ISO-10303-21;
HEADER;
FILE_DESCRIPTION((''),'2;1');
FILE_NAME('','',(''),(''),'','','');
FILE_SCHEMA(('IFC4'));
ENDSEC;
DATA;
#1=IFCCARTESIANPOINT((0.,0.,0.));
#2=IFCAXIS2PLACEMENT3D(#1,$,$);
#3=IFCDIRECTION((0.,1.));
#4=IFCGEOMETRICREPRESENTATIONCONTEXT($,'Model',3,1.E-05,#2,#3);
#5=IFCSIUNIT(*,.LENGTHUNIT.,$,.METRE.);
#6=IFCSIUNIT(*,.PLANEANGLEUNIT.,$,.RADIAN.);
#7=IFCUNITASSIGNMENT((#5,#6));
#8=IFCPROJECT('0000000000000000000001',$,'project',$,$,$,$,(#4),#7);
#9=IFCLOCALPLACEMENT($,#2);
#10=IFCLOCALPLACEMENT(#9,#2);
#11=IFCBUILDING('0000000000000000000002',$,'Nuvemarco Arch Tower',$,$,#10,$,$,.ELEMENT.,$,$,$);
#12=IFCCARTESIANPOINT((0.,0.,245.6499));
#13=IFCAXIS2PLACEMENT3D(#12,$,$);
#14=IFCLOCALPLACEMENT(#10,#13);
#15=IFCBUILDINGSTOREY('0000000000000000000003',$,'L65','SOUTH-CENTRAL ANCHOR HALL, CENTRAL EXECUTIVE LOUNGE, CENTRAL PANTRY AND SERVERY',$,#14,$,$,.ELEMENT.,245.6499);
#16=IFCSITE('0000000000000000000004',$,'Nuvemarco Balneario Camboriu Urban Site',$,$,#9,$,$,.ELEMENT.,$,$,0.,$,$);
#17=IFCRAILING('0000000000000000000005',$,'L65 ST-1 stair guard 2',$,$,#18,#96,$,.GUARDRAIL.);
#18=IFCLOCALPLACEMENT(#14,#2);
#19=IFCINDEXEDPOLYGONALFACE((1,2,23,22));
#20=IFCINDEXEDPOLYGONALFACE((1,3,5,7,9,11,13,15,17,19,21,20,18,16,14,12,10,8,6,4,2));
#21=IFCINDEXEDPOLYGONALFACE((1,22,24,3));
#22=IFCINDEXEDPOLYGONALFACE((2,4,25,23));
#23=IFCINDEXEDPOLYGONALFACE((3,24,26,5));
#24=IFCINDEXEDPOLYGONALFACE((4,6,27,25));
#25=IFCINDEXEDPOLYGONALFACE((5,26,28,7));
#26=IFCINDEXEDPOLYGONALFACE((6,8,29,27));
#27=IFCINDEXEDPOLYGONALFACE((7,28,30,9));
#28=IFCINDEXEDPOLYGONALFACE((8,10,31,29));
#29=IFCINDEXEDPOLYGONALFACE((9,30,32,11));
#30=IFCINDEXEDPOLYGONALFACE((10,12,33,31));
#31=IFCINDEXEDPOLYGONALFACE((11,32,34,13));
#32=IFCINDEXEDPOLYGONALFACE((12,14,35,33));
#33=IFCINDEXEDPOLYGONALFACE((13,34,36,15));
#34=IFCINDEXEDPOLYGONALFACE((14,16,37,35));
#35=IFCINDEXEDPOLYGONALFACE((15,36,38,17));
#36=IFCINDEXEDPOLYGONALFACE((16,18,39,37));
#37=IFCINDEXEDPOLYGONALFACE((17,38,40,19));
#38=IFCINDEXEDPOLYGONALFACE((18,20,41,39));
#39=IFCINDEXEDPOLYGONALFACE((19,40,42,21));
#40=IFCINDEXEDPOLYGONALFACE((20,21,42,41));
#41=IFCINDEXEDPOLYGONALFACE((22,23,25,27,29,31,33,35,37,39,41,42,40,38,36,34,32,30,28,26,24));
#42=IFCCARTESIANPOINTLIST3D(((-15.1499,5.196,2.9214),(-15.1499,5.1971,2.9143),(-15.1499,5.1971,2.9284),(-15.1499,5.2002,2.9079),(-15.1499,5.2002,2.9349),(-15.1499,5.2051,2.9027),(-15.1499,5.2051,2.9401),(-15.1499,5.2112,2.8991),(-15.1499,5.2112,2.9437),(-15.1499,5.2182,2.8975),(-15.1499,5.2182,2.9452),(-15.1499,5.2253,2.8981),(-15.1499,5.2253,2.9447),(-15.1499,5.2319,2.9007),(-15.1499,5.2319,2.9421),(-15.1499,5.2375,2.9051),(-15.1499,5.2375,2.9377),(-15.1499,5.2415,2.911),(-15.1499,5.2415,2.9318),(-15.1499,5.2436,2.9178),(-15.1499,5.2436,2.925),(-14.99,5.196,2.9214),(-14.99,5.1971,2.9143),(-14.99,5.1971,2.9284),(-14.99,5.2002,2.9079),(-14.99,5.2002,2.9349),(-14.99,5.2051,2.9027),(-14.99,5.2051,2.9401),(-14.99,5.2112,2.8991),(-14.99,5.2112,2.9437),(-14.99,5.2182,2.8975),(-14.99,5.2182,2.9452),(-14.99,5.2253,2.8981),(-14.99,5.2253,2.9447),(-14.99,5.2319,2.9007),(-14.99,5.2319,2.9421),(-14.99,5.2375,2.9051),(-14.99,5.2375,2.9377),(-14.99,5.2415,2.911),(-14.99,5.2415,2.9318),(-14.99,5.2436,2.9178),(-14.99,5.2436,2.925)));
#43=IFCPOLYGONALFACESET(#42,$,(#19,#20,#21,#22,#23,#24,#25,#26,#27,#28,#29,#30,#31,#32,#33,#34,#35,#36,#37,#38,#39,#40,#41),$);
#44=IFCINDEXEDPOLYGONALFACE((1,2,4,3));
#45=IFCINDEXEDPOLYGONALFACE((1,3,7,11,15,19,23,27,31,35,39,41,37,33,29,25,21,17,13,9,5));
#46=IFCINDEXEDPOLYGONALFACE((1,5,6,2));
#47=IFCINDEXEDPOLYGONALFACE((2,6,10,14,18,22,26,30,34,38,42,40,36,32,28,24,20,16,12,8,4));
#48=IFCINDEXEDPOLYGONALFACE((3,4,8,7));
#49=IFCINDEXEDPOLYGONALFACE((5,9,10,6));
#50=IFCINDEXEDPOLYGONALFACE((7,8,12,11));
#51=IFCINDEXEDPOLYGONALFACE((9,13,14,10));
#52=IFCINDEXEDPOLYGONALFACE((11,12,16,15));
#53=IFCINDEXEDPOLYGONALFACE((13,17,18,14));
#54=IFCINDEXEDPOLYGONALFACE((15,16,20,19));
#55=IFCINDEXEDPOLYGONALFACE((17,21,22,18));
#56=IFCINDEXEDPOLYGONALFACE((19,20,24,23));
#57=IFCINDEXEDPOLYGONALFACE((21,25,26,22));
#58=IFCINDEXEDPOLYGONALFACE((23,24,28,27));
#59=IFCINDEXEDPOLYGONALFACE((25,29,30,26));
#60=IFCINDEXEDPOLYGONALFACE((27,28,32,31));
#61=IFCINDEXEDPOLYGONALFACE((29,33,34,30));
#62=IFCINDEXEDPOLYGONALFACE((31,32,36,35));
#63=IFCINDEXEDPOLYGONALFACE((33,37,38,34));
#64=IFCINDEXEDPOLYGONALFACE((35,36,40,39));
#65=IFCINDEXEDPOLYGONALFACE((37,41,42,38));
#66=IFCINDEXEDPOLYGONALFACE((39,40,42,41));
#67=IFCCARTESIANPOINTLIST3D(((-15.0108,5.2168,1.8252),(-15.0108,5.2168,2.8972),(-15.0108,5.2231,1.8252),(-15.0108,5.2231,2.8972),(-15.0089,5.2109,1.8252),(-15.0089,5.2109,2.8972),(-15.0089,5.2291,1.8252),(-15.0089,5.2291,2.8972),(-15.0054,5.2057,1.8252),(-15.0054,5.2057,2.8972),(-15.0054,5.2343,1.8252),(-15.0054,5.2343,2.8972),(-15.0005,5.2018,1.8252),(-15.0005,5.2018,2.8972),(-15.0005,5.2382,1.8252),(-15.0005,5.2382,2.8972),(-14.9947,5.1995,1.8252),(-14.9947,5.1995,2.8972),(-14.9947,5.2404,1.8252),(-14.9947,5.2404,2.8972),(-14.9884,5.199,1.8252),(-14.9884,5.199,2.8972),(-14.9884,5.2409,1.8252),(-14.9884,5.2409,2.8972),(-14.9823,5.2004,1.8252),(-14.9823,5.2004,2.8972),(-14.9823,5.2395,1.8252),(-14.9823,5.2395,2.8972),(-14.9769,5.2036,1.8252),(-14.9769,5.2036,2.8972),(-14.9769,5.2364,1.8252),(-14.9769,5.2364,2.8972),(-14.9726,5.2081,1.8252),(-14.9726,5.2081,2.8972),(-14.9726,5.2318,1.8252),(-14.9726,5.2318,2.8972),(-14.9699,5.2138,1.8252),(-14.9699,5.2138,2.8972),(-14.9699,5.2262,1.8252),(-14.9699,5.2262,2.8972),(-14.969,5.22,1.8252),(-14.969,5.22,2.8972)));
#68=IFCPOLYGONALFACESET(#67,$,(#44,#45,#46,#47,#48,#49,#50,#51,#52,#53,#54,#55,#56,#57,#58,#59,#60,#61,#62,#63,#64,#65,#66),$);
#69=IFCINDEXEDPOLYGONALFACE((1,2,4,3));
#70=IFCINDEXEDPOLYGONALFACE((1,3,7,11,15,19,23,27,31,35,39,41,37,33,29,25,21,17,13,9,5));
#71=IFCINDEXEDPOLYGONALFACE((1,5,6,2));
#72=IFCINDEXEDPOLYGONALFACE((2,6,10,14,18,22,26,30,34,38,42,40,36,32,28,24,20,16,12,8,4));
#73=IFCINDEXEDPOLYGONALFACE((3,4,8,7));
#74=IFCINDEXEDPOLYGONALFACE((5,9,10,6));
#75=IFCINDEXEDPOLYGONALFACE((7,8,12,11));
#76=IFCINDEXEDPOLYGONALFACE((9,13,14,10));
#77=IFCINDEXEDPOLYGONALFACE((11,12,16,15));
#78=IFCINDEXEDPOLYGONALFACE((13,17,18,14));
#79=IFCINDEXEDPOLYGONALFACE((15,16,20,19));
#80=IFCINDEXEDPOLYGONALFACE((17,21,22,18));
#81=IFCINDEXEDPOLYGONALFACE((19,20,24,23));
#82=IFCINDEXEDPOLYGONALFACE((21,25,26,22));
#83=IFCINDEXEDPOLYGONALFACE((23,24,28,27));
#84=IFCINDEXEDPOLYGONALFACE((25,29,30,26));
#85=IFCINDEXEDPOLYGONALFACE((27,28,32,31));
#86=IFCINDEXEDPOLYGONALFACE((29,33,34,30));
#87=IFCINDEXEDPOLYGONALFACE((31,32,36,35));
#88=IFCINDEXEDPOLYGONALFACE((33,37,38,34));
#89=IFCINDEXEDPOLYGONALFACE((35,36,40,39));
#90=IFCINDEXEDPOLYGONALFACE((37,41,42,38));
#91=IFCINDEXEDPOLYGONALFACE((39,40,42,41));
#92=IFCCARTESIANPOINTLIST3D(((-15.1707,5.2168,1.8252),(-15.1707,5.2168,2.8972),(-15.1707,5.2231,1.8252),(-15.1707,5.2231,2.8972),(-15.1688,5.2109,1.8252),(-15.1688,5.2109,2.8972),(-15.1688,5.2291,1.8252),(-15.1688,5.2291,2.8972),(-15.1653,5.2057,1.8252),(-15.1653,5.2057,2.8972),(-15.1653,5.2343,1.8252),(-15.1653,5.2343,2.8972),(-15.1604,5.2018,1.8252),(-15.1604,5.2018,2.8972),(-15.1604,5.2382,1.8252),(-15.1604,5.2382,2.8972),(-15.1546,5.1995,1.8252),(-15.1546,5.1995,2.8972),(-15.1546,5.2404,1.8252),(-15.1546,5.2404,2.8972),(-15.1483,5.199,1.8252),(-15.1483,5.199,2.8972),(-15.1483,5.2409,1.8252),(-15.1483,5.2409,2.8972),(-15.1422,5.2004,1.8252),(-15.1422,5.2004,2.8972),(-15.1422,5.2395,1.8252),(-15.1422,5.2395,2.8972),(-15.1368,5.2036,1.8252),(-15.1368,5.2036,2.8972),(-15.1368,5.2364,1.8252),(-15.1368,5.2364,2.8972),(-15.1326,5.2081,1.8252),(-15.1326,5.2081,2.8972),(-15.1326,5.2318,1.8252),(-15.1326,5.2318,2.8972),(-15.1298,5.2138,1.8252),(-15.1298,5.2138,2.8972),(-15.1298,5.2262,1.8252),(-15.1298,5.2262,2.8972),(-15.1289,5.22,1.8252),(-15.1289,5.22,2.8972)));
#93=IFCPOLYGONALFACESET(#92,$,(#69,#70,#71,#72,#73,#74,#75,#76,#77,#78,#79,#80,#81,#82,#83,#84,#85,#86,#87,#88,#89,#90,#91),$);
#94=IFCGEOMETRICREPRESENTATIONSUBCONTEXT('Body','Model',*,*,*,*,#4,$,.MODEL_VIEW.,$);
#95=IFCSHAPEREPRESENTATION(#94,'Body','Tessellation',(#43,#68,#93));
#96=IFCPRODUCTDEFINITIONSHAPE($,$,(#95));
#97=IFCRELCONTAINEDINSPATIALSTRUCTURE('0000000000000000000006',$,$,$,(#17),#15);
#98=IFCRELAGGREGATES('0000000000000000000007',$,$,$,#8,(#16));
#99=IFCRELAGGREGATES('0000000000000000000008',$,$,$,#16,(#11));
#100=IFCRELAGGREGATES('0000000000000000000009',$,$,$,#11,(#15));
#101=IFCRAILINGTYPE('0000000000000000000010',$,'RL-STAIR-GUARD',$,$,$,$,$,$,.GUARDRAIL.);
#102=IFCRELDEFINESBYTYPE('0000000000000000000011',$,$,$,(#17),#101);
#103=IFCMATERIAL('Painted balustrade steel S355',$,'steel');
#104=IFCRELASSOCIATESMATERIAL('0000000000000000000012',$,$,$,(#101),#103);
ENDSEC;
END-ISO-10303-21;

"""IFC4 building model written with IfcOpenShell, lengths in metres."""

from ifc_helpers import new_model, si_unit, direction, frame, origin, origin_2d, place, context, subcontext, project, spatial, circle, extrude, material, type_object, element, save


model = new_model("IFC4")

# Units and contexts
model_context = context("Model", 3, precision=1e-05, world=origin(), true_north=direction((0.0, 1.0)))
body_context = subcontext(model_context, "Body", "Model", "MODEL_VIEW")
ifc_project = project(units=[si_unit("LENGTHUNIT", "METRE"), si_unit("PLANEANGLEUNIT", "RADIAN")], contexts=[model_context])

# Site, building, storey
site_placement = place(None, origin())
site = spatial("IfcSite", under=ifc_project, at=site_placement, Name="Nuvemarco Balneario Camboriu Urban Site", CompositionType="ELEMENT", RefElevation=0.0)
building_placement = place(site_placement, origin())
building = spatial("IfcBuilding", under=site, at=building_placement, Name="Nuvemarco Arch Tower", CompositionType="ELEMENT")
storey_placement = place(building_placement, frame((0.0, 0.0, 245.6499)))
storey = spatial("IfcBuildingStorey", under=building, at=storey_placement, Name="L65", Description="SOUTH-CENTRAL ANCHOR HALL, CENTRAL EXECUTIVE LOUNGE, CENTRAL PANTRY AND SERVERY", CompositionType="ELEMENT", Elevation=245.6499)

# Railing
ifc_material_1 = material(Name="Painted balustrade steel S355", Category="steel")
railing_type_1 = type_object("IfcRailingType", Name="RL-STAIR-GUARD", PredefinedType="GUARDRAIL", material=ifc_material_1)
railing_1_placement = place(storey_placement, frame((-14.99, 5.22, 1.8252)))
element("IfcRailing", 1, at=railing_1_placement, inside=storey, type_object=railing_type_1, Name="L65 ST-1 stair guard 2", PredefinedType="GUARDRAIL", context=body_context, shape_type="SweptSolid", body=[
    extrude(circle(Radius=0.0239, at=origin_2d()), frame((0.0, 0.0, 1.0962), z_axis=(-1.0, 0.0, 0.0), x_axis=(0.0, -1.0, 0.0)), (0.0, 0.0, 1.0), 0.1599),
    extrude(circle(Radius=0.021, at=origin_2d()), origin(), (0.0, 0.0, 1.0), 1.072),
    extrude(circle(Radius=0.021, at=origin_2d()), frame((-0.1599, 0.0, 0.0)), (0.0, 0.0, 1.0), 1.072),
])

save(model, "model.ifc")
